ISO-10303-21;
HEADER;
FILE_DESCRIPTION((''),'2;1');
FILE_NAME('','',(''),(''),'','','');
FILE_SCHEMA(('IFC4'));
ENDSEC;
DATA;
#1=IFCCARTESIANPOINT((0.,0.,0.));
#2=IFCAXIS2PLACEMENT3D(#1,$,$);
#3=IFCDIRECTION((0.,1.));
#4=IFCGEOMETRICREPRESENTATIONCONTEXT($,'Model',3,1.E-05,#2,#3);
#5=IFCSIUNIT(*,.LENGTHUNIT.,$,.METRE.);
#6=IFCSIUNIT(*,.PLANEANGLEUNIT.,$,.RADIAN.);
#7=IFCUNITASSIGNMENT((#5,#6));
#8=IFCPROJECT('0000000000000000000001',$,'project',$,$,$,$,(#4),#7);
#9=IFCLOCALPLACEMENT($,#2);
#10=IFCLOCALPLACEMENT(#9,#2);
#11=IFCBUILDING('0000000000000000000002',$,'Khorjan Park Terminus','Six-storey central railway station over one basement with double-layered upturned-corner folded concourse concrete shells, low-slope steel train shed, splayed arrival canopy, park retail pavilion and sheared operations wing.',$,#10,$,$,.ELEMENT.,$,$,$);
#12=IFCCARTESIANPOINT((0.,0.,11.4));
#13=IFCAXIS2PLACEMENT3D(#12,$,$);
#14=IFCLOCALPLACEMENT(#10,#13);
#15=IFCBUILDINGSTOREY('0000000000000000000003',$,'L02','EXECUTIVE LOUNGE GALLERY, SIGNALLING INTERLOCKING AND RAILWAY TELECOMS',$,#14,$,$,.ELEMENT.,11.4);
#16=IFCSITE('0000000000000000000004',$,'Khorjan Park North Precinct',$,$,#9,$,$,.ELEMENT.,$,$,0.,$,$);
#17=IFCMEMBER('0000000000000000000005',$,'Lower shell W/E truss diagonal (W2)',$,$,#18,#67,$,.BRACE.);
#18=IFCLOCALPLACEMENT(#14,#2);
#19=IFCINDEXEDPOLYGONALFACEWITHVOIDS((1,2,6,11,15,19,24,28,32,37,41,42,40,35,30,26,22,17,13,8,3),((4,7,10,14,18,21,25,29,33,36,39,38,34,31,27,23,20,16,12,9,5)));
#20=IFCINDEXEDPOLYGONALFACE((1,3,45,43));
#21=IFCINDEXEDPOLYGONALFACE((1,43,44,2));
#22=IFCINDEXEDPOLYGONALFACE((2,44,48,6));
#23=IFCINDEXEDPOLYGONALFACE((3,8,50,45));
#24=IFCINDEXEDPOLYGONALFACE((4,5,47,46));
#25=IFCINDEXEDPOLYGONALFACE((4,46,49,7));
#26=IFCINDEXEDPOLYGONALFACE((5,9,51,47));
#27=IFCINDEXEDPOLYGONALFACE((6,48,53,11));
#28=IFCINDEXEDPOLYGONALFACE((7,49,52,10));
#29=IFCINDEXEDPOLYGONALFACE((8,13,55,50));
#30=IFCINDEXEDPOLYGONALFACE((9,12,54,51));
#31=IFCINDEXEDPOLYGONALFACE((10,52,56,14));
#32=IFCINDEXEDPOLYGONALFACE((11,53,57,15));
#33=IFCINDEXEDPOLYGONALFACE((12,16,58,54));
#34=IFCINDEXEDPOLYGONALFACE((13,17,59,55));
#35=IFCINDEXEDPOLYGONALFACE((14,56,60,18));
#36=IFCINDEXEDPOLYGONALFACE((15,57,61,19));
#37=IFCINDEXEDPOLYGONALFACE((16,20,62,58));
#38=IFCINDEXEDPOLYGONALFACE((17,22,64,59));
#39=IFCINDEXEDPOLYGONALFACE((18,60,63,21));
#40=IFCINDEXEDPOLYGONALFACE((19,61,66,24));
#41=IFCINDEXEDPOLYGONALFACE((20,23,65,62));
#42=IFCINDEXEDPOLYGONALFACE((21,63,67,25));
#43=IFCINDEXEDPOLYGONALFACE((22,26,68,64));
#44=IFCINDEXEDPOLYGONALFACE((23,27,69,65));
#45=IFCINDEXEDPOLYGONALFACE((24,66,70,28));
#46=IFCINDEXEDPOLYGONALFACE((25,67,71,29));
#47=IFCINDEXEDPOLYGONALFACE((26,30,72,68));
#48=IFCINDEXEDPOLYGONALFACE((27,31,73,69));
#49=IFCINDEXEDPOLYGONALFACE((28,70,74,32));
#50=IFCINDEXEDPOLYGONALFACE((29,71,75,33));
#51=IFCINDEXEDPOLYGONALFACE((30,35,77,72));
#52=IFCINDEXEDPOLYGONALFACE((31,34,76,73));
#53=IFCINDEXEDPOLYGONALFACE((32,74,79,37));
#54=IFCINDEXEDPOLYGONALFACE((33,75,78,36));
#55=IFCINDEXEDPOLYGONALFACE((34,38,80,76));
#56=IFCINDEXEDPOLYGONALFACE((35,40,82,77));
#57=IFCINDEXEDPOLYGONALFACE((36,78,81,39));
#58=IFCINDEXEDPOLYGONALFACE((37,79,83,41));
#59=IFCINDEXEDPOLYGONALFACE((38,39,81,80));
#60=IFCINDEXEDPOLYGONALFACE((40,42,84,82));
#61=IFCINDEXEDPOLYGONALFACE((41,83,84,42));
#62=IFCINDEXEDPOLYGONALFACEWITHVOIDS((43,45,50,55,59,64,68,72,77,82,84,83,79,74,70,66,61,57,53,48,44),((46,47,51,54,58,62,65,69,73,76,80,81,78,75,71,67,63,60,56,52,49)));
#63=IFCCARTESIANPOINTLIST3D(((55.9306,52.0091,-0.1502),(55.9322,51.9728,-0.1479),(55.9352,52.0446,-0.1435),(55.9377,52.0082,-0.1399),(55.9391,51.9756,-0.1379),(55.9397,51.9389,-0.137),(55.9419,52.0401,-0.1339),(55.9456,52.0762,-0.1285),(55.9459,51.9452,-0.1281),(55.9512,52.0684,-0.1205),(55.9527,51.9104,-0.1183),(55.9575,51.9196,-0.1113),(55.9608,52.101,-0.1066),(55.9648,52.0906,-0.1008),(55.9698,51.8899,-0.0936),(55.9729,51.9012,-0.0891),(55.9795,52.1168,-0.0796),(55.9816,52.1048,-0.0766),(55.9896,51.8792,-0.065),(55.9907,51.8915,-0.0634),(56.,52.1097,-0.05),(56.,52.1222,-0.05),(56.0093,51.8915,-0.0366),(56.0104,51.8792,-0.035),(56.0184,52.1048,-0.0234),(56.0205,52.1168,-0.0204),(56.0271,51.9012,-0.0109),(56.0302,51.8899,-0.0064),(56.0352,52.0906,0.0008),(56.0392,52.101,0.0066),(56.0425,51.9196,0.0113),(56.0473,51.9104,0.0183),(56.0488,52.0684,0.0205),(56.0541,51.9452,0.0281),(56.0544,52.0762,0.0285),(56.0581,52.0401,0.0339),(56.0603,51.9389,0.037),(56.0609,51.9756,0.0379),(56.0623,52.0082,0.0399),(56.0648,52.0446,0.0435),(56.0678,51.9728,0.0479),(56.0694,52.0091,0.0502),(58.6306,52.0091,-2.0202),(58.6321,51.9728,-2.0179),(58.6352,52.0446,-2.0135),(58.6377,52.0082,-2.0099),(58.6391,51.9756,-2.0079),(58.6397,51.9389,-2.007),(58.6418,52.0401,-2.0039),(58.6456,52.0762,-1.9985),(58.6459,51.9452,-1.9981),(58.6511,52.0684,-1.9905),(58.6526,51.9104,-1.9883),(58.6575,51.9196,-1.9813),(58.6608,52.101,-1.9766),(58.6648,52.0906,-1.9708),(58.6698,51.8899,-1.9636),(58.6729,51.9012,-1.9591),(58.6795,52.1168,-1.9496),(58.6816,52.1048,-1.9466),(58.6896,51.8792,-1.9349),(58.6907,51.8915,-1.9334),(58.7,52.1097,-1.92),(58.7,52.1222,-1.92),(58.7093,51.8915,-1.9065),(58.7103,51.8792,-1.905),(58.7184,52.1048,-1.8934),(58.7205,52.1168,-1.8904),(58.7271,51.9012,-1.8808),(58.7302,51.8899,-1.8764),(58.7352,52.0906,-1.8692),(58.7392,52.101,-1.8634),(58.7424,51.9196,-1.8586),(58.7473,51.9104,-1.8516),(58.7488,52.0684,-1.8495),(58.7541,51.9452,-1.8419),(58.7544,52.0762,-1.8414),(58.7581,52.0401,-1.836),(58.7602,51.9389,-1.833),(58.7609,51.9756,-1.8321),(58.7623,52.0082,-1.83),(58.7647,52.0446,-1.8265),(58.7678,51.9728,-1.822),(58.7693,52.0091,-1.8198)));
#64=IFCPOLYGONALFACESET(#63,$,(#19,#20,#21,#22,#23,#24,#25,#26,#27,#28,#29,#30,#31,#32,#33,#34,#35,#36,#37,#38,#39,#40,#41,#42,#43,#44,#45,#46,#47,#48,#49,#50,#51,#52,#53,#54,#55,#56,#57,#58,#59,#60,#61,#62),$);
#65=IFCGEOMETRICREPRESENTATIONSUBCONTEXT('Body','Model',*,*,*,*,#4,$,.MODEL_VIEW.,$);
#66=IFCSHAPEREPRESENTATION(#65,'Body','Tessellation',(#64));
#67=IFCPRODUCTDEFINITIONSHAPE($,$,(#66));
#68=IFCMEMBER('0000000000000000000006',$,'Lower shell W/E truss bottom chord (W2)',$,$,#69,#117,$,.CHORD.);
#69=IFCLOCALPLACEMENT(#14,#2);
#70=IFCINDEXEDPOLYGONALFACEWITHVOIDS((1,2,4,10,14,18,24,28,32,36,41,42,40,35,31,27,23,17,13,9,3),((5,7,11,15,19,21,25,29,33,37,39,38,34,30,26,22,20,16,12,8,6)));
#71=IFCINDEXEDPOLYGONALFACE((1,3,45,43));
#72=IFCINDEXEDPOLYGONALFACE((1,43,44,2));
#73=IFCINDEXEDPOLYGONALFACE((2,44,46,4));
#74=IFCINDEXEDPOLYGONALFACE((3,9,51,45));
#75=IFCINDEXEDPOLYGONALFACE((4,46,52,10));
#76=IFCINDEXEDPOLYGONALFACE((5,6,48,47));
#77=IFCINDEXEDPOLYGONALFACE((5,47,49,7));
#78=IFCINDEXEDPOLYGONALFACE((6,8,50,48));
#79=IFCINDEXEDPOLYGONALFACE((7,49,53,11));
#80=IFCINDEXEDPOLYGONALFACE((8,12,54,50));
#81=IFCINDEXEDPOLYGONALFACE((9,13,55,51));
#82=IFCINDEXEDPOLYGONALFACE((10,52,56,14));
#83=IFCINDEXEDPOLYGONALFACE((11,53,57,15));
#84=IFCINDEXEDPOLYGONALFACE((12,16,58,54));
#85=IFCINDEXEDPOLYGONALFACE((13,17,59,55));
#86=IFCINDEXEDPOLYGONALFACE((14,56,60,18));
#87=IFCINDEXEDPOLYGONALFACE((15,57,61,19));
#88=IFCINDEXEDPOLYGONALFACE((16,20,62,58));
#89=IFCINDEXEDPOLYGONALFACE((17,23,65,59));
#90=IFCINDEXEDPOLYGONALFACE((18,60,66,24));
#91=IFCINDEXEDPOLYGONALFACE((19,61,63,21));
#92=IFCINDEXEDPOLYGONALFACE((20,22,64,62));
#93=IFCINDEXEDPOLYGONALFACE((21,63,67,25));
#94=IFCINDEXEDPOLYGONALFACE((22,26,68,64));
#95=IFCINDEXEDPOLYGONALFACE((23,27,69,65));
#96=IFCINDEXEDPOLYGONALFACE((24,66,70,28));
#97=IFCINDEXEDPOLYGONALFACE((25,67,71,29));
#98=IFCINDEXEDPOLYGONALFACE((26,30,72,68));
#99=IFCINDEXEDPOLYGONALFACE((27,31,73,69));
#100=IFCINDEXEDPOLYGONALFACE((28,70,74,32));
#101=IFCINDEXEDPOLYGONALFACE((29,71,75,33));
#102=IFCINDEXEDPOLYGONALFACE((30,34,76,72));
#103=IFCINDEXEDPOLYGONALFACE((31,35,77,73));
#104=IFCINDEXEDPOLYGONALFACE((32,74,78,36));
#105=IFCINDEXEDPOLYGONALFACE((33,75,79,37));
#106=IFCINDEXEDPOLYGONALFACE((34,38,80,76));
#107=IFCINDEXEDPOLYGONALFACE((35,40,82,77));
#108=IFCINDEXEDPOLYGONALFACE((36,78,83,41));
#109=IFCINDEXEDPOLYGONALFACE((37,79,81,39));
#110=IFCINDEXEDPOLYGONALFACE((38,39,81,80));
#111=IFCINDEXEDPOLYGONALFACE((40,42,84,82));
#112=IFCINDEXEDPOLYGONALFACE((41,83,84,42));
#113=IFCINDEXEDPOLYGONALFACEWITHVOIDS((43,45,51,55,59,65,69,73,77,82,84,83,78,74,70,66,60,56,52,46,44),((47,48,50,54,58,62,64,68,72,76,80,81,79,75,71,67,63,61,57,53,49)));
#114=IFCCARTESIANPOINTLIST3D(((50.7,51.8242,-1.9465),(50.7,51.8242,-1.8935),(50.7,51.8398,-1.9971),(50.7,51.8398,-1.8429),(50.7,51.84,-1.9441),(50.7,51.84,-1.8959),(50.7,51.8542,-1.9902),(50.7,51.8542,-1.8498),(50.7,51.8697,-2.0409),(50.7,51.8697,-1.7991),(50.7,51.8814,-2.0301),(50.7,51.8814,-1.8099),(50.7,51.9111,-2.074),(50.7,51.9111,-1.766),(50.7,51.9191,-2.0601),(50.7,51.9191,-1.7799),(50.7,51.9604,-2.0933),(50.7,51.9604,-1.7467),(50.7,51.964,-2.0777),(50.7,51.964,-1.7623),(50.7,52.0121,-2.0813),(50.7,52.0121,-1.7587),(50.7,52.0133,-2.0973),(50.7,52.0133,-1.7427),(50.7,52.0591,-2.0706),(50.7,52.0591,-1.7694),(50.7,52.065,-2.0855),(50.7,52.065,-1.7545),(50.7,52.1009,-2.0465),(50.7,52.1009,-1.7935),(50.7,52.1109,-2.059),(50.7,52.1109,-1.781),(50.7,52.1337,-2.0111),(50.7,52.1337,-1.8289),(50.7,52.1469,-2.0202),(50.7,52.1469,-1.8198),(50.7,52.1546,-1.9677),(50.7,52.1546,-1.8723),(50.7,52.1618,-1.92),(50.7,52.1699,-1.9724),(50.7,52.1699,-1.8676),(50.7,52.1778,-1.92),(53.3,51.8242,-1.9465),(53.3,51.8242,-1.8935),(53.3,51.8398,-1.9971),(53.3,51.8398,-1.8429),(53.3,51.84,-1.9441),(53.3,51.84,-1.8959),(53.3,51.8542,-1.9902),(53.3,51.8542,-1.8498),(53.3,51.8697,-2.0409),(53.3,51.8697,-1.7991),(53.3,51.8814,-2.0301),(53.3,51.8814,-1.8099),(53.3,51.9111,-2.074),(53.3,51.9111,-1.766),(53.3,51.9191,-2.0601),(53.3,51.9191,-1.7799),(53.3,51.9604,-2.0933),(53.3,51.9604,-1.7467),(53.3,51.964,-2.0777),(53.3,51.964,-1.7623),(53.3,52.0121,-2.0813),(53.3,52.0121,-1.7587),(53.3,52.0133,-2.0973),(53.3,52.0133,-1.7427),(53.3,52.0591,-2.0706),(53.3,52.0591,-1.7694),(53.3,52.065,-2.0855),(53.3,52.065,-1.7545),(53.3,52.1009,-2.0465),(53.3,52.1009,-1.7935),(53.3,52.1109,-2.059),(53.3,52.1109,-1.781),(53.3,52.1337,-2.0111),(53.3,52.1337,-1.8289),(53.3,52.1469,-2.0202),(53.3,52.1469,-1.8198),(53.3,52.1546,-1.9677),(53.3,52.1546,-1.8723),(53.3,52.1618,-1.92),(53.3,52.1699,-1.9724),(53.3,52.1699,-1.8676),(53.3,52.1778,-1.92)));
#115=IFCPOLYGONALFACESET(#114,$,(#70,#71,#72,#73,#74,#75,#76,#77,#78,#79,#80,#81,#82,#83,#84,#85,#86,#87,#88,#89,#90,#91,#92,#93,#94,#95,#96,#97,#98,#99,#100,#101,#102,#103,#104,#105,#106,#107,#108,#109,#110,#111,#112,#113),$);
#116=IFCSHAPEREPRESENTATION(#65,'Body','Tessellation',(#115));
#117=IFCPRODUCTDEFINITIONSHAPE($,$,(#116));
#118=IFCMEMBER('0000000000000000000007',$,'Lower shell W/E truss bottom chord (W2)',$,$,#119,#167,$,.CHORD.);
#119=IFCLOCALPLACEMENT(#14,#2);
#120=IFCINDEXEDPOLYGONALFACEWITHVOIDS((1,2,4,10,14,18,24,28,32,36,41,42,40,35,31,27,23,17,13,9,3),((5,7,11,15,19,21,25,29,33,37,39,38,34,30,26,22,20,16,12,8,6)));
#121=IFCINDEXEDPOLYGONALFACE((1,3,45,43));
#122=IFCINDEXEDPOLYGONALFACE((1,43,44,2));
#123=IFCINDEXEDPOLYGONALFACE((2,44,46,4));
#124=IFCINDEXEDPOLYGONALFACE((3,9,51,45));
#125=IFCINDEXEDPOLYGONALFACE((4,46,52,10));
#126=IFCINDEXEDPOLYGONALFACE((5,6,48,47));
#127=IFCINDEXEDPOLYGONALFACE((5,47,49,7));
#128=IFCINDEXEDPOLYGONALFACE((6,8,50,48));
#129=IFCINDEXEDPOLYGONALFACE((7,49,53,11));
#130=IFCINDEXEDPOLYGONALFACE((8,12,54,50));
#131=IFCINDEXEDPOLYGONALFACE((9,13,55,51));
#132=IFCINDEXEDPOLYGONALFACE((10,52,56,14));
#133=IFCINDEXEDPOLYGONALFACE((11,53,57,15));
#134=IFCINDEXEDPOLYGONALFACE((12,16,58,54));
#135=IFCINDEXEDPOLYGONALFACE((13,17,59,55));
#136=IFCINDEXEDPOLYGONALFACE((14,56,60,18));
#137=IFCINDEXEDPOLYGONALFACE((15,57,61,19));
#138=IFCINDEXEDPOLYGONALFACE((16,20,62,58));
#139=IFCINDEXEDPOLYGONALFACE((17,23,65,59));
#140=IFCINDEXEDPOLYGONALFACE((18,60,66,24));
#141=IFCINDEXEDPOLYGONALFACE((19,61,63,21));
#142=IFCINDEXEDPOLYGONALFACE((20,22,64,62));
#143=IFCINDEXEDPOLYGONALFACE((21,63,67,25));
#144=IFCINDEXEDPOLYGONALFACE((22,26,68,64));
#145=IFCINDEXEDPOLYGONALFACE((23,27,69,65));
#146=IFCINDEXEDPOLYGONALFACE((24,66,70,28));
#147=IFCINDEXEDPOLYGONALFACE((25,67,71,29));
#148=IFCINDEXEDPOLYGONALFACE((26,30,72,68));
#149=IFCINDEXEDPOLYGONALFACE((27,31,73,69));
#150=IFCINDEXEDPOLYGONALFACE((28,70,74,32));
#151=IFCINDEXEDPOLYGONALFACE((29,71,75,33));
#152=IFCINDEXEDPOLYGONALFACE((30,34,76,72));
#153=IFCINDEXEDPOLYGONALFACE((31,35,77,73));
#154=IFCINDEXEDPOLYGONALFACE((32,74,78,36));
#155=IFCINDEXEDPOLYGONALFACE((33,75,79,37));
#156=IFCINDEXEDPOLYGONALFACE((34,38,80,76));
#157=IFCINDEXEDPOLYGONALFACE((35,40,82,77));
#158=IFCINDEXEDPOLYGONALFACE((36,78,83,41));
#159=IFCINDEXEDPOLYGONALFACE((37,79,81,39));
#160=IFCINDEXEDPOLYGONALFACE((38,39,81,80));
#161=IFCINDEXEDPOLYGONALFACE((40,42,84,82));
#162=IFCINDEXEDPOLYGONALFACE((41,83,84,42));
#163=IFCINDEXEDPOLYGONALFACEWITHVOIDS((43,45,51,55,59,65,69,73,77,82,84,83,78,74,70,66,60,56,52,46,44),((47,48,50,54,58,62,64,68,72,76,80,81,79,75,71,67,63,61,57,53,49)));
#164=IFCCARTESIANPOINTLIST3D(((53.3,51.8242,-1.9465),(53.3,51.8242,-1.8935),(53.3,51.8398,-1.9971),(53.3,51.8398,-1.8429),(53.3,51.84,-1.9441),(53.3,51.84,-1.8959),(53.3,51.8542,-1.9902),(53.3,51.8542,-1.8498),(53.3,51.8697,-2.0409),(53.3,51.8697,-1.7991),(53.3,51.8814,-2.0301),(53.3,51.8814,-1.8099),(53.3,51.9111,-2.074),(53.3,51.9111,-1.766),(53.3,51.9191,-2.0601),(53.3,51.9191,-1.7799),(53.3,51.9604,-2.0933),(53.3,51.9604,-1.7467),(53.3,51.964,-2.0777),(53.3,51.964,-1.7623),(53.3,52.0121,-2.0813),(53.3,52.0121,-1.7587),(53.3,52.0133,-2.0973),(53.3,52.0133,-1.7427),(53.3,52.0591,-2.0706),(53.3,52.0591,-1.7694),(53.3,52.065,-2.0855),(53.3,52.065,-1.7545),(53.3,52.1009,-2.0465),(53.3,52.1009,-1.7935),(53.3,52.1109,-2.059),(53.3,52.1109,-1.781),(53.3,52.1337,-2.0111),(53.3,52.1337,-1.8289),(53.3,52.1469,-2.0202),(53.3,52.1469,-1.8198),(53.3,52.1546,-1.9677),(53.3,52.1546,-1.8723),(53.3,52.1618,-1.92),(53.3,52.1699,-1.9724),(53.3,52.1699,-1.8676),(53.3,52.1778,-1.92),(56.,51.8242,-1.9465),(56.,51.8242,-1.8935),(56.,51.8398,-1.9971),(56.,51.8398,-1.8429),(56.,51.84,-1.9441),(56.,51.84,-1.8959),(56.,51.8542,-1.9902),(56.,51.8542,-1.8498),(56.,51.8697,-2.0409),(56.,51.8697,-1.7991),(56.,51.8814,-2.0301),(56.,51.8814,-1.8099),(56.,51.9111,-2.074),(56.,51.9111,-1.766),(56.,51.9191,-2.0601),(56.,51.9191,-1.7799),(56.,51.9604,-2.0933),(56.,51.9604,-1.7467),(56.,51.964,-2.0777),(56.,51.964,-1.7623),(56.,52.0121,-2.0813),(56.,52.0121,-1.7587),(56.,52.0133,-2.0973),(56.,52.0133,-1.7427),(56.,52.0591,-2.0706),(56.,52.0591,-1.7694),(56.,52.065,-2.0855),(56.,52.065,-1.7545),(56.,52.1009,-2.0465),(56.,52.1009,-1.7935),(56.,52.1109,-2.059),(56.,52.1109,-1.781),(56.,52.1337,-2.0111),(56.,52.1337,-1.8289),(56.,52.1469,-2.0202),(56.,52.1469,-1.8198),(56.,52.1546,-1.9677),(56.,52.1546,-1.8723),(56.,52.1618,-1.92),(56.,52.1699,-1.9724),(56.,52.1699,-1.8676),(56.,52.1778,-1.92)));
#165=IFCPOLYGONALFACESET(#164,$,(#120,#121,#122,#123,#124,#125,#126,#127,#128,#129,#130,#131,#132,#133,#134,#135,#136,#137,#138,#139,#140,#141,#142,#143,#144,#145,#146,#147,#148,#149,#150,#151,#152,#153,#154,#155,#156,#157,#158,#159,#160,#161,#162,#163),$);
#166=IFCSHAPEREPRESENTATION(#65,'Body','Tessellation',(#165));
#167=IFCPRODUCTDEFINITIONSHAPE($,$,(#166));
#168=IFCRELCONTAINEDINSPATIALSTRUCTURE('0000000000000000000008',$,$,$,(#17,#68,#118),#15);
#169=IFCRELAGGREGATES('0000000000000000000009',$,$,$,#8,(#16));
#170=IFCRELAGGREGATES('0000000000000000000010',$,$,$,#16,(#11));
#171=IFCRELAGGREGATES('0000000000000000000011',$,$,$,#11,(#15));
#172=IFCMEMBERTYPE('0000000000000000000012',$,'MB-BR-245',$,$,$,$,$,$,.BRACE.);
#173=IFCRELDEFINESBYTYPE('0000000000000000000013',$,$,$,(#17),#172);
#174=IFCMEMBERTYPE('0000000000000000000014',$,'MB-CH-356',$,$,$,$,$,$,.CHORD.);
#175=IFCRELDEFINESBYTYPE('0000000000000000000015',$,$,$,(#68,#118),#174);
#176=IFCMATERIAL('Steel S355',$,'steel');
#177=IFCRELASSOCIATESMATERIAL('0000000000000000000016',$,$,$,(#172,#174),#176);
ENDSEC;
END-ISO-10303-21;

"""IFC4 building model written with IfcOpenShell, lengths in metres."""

from ifc_helpers import new_model, si_unit, direction, frame, origin, origin_2d, place, context, subcontext, project, spatial, hollow_circle, extrude, material, material_profile, profile_set, type_object, element, save


model = new_model("IFC4")

# Units and contexts
model_context = context("Model", 3, precision=1e-05, world=origin(), true_north=direction((0.0, 1.0)))
body_context = subcontext(model_context, "Body", "Model", "MODEL_VIEW")
ifc_project = project(units=[si_unit("LENGTHUNIT", "METRE"), si_unit("PLANEANGLEUNIT", "RADIAN")], contexts=[model_context])

# Site, building, storey
site_placement = place(None, origin())
site = spatial("IfcSite", under=ifc_project, at=site_placement, Name="Khorjan Park North Precinct", CompositionType="ELEMENT", RefElevation=0.0)
building_placement = place(site_placement, origin())
building = spatial("IfcBuilding", under=site, at=building_placement, Name="Khorjan Park Terminus", Description="Six-storey central railway station over one basement with double-layered upturned-corner folded concourse concrete shells, low-slope steel train shed, splayed arrival canopy, park retail pavilion and sheared operations wing.", CompositionType="ELEMENT")
storey_placement = place(building_placement, frame((0.0, 0.0, 11.4)))
storey = spatial("IfcBuildingStorey", under=building, at=storey_placement, Name="L02", Description="EXECUTIVE LOUNGE GALLERY, SIGNALLING INTERLOCKING AND RAILWAY TELECOMS", CompositionType="ELEMENT", Elevation=11.4)

# Shared definitions
ifc_material_1 = material(Name="Steel S355", Category="steel")

# Members
ifc_material_profile_1 = material_profile(ifc_material_1, hollow_circle(Radius=0.1222, WallThickness=0.0125, at=origin_2d()), Name="CHS 244.5x12.5")
ifc_profile_set_1 = profile_set([ifc_material_profile_1], Name="Steel S355")
member_type_1 = type_object("IfcMemberType", Name="MB-BR-245", PredefinedType="BRACE", material=ifc_profile_set_1)
for number, where, z_axis, x_axis, name in (
    (1, (56.0, 52.0, -0.05), (0.822083, 0.0, -0.569368), (0.0, 1.0, 0.0), "Lower shell W/E truss diagonal (W2)"),
):
    element("IfcMember", number, at=place(storey_placement, frame(where, z_axis=z_axis, x_axis=x_axis)), inside=storey, type_object=member_type_1, Name=name, PredefinedType="BRACE", context=body_context, shape_type="SweptSolid", body=[
        extrude(hollow_circle(Radius=0.1222, WallThickness=0.0125, at=origin_2d()), origin(), (0.0, 0.0, 1.0), 3.2843),
    ])
ifc_material_profile_2 = material_profile(ifc_material_1, hollow_circle(Radius=0.1778, WallThickness=0.016, at=origin_2d()), Name="CHS 355.6x16")
ifc_profile_set_2 = profile_set([ifc_material_profile_2], Name="Steel S355")
member_type_2 = type_object("IfcMemberType", Name="MB-CH-356", PredefinedType="CHORD", material=ifc_profile_set_2)
member_1_placement = place(storey_placement, frame((50.7, 52.0, -1.92), z_axis=(1.0, 0.0, 0.0), x_axis=(0.0, 1.0, 0.0)))
element("IfcMember", 2, at=member_1_placement, inside=storey, type_object=member_type_2, Name="Lower shell W/E truss bottom chord (W2)", PredefinedType="CHORD", context=body_context, shape_type="SweptSolid", body=[
    extrude(hollow_circle(Radius=0.1778, WallThickness=0.016, at=origin_2d()), origin(), (0.0, 0.0, 1.0), 2.6),
])
for number, where, z_axis, x_axis, name in (
    (3, (53.3, 52.0, -1.92), (1.0, 0.0, 0.0), (0.0, 1.0, 0.0), "Lower shell W/E truss bottom chord (W2)"),
):
    element("IfcMember", number, at=place(storey_placement, frame(where, z_axis=z_axis, x_axis=x_axis)), inside=storey, type_object=member_type_2, Name=name, PredefinedType="CHORD", context=body_context, shape_type="SweptSolid", body=[
        extrude(hollow_circle(Radius=0.1778, WallThickness=0.016, at=origin_2d()), origin(), (0.0, 0.0, 1.0), 2.7),
    ])

save(model, "model.ifc")
